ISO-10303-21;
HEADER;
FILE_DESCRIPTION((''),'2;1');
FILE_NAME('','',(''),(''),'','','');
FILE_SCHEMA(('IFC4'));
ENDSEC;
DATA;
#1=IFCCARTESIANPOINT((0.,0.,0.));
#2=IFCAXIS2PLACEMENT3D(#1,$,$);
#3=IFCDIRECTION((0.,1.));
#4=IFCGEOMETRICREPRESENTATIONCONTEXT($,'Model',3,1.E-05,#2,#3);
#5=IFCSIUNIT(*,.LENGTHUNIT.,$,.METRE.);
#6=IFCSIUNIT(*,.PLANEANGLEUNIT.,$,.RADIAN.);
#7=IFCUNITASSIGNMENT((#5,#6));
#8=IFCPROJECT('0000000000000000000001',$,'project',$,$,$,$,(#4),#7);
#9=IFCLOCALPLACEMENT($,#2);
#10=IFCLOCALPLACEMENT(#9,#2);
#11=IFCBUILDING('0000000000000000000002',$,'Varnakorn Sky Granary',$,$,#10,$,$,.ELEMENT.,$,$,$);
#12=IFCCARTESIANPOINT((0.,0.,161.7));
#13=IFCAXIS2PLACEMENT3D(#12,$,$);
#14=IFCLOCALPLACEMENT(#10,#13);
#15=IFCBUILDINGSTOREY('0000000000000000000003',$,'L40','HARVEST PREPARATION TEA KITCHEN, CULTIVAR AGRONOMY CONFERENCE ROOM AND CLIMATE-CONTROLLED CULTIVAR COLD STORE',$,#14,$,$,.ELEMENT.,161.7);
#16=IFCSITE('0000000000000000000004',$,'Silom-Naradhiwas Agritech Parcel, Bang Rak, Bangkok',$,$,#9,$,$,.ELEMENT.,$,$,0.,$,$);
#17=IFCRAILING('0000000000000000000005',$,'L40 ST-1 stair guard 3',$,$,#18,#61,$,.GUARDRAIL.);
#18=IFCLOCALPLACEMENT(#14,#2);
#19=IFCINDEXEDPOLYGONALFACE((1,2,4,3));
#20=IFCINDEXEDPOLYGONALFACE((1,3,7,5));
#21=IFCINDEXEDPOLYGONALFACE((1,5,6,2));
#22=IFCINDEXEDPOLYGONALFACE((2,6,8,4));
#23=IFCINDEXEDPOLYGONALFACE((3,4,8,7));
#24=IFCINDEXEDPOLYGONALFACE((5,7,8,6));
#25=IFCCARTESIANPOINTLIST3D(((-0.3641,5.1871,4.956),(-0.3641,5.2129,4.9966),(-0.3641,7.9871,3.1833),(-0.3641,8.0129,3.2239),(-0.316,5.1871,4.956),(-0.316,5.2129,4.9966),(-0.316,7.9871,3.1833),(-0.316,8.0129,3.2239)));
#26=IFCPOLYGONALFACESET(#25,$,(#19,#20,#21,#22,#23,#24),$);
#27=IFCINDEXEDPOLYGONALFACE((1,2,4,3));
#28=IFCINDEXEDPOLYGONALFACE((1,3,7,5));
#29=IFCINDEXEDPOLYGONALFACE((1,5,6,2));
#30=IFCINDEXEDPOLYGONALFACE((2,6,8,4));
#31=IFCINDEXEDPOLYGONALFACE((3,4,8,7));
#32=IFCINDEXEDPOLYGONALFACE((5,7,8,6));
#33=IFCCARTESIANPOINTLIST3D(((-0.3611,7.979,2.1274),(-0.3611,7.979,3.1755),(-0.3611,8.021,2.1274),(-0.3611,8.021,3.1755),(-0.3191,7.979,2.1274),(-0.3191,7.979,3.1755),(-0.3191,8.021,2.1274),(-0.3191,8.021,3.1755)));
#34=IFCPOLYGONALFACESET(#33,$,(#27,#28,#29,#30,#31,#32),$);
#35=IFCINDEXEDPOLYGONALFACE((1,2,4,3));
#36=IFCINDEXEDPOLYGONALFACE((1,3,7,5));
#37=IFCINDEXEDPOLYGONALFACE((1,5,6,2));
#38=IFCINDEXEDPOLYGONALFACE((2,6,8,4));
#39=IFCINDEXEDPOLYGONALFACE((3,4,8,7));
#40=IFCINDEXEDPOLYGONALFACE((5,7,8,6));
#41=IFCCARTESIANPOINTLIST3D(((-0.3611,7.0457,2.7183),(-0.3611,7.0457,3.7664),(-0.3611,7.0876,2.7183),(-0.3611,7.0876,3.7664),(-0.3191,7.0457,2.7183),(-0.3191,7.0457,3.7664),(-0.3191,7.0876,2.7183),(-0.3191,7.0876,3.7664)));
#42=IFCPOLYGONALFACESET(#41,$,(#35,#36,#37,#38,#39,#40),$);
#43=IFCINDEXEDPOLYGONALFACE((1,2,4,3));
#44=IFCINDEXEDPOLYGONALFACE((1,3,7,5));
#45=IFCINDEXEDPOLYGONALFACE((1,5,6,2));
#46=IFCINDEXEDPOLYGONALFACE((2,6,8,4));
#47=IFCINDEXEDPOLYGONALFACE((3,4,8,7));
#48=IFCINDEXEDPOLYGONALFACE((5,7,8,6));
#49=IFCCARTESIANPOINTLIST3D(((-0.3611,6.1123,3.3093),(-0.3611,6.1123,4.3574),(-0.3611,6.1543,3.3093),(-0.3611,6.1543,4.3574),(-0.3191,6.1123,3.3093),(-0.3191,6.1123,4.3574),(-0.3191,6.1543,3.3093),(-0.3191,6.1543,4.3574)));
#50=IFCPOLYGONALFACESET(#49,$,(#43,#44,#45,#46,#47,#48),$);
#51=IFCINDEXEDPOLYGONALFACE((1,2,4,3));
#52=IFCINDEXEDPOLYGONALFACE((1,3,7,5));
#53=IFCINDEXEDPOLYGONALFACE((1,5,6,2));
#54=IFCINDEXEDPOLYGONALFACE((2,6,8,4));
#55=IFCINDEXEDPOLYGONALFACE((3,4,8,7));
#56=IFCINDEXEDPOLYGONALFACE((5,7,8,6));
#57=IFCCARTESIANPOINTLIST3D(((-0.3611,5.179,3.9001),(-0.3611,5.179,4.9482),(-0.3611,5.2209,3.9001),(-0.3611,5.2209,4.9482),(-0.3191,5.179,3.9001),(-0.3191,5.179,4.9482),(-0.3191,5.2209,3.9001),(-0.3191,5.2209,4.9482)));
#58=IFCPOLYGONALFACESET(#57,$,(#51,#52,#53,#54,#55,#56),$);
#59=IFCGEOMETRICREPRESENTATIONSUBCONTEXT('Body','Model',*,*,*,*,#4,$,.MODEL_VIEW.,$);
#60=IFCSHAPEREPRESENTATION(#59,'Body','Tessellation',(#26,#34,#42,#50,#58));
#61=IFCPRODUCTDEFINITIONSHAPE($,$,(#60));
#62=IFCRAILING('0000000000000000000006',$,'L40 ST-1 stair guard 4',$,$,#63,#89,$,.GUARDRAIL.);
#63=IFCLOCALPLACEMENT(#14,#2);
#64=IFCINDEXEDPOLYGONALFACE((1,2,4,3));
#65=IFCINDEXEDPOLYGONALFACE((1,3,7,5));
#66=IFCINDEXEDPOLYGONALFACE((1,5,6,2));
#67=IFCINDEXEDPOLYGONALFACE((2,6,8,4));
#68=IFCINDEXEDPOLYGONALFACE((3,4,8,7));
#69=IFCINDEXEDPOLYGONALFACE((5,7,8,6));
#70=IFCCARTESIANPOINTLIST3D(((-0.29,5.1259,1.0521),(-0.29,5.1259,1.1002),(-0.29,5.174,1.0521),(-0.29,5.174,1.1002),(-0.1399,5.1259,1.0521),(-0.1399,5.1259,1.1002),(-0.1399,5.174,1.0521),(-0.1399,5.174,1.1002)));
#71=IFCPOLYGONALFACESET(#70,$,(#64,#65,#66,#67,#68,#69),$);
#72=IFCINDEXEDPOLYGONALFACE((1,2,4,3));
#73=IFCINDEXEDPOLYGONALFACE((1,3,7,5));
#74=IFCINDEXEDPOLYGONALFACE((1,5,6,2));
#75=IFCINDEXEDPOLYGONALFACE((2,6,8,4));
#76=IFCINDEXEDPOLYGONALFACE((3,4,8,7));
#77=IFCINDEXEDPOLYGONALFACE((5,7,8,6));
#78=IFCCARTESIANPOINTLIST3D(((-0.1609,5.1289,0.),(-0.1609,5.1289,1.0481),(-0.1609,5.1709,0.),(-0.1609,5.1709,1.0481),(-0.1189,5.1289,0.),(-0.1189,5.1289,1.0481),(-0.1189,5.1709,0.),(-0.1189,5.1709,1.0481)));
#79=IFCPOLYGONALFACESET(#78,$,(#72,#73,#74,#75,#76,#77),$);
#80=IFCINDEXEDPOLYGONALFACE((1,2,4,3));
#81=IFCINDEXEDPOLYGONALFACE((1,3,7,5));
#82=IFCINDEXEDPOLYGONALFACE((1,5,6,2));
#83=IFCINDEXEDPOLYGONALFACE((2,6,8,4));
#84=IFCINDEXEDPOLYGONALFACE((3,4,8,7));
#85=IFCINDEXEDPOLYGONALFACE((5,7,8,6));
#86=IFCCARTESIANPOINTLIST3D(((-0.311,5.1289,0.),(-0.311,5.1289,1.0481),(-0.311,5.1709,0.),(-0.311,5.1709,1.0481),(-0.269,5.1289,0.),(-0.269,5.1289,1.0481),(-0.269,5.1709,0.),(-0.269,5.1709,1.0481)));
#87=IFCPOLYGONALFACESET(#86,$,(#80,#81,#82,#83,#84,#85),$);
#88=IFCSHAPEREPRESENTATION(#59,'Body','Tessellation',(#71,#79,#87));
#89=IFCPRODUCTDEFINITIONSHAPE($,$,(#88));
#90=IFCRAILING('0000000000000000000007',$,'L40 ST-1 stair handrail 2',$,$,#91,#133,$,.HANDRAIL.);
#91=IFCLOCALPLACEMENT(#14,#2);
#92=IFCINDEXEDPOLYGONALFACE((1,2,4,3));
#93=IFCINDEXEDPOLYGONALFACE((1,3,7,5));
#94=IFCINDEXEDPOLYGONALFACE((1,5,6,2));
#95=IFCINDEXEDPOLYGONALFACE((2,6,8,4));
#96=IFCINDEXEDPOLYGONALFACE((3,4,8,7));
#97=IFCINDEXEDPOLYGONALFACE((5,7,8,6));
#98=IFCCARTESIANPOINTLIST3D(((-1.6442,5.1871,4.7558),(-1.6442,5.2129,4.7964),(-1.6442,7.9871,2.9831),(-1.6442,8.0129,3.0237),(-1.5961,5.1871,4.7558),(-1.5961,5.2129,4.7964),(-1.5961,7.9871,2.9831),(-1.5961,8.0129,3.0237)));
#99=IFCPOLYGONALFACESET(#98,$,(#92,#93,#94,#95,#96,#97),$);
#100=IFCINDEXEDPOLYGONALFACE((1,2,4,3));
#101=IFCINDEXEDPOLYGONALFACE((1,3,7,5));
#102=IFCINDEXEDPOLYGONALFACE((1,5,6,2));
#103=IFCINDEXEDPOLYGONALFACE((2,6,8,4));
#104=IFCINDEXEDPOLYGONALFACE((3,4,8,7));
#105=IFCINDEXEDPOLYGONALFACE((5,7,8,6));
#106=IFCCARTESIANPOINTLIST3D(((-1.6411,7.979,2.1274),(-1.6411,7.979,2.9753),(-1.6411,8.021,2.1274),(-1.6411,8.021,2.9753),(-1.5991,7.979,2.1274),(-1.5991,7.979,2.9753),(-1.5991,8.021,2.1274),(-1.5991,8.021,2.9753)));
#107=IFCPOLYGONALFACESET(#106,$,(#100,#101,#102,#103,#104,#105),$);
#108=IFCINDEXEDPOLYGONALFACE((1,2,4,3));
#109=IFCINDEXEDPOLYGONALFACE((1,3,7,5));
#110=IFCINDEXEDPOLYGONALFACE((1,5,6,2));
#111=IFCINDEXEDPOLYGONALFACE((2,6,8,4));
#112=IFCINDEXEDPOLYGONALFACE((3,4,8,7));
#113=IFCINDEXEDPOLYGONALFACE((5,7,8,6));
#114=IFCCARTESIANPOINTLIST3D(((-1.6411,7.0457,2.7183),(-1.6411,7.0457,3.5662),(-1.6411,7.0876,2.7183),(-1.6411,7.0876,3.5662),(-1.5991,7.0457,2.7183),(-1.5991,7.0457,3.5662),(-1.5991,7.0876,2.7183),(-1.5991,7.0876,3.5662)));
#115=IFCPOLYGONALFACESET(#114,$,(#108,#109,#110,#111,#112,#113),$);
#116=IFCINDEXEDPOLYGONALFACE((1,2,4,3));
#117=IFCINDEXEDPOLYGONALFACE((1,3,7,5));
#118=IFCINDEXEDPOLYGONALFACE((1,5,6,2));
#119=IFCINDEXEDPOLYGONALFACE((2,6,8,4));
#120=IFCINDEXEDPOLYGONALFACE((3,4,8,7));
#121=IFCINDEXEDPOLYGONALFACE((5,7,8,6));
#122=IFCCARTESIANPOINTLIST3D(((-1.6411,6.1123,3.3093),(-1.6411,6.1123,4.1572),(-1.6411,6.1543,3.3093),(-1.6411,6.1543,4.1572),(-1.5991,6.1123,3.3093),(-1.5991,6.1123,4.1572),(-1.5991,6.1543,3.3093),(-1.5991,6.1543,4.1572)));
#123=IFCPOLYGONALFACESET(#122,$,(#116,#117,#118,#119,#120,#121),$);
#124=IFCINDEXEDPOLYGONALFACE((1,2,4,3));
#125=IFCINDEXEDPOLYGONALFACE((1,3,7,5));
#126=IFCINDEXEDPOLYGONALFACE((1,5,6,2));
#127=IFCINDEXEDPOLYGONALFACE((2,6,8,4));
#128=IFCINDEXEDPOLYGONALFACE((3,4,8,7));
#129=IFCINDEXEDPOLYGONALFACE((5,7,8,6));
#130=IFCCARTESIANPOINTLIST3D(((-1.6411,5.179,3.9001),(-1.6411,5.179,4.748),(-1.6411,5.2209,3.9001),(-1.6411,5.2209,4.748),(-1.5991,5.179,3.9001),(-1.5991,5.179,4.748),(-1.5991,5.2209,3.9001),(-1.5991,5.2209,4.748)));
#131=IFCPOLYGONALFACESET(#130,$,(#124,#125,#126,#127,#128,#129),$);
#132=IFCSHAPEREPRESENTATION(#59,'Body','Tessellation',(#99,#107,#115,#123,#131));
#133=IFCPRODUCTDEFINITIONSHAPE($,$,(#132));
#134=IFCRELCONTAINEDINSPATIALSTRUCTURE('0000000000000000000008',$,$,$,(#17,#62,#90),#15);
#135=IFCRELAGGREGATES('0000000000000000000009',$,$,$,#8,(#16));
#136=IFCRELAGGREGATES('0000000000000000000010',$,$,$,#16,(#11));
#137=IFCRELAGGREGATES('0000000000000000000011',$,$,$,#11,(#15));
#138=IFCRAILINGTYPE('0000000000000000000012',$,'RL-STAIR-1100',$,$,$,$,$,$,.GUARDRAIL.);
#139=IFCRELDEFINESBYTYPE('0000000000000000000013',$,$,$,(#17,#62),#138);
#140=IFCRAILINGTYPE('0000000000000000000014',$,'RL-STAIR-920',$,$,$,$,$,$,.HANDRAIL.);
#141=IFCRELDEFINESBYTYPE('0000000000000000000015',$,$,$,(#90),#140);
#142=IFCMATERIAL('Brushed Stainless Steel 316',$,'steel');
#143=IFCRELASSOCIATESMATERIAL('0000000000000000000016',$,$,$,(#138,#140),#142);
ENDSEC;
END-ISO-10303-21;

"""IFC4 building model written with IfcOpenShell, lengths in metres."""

from ifc_helpers import new_model, si_unit, direction, frame, origin, origin_2d, place, context, subcontext, project, spatial, rectangle, extrude, material, type_object, element, save


model = new_model("IFC4")

# Units and contexts
model_context = context("Model", 3, precision=1e-05, world=origin(), true_north=direction((0.0, 1.0)))
body_context = subcontext(model_context, "Body", "Model", "MODEL_VIEW")
ifc_project = project(units=[si_unit("LENGTHUNIT", "METRE"), si_unit("PLANEANGLEUNIT", "RADIAN")], contexts=[model_context])

# Site, building, storey
site_placement = place(None, origin())
site = spatial("IfcSite", under=ifc_project, at=site_placement, Name="Silom-Naradhiwas Agritech Parcel, Bang Rak, Bangkok", CompositionType="ELEMENT", RefElevation=0.0)
building_placement = place(site_placement, origin())
building = spatial("IfcBuilding", under=site, at=building_placement, Name="Varnakorn Sky Granary", CompositionType="ELEMENT")
storey_placement = place(building_placement, frame((0.0, 0.0, 161.7)))
storey = spatial("IfcBuildingStorey", under=building, at=storey_placement, Name="L40", Description="HARVEST PREPARATION TEA KITCHEN, CULTIVAR AGRONOMY CONFERENCE ROOM AND CLIMATE-CONTROLLED CULTIVAR COLD STORE", CompositionType="ELEMENT", Elevation=161.7)

# Railings
ifc_material_1 = material(Name="Brushed Stainless Steel 316", Category="steel")
railing_type_1 = type_object("IfcRailingType", Name="RL-STAIR-1100", PredefinedType="GUARDRAIL", material=ifc_material_1)
railing_1_placement = place(storey_placement, frame((-0.3401, 8.0, 2.1274)))
element("IfcRailing", 1, at=railing_1_placement, inside=storey, type_object=railing_type_1, Name="L40 ST-1 stair guard 3", PredefinedType="GUARDRAIL", context=body_context, shape_type="SweptSolid", body=[
    extrude(rectangle(XDim=0.0481, YDim=0.0481, at=origin_2d()), frame((0.0, 0.0, 1.0762), z_axis=(0.0, -0.844909, 0.53491), x_axis=(1.0, 0.0, 0.0)), (0.0, 0.0, 1.0), 3.314),
    extrude(rectangle(XDim=0.042, YDim=0.042, at=origin_2d()), origin(), (0.0, 0.0, 1.0), 1.0481),
    extrude(rectangle(XDim=0.042, YDim=0.042, at=origin_2d()), frame((0.0, -0.9333, 0.5908)), (0.0, 0.0, 1.0), 1.0481),
    extrude(rectangle(XDim=0.042, YDim=0.042, at=origin_2d()), frame((0.0, -1.8667, 1.1819)), (0.0, 0.0, 1.0), 1.0481),
    extrude(rectangle(XDim=0.042, YDim=0.042, at=origin_2d()), frame((0.0, -2.8, 1.7727)), (0.0, 0.0, 1.0), 1.0481),
])
railing_2_placement = place(storey_placement, frame((-0.1399, 5.1499, 0.0)))
element("IfcRailing", 2, at=railing_2_placement, inside=storey, type_object=railing_type_1, Name="L40 ST-1 stair guard 4", PredefinedType="GUARDRAIL", context=body_context, shape_type="SweptSolid", body=[
    extrude(rectangle(XDim=0.0481, YDim=0.0481, at=origin_2d()), frame((0.0, 0.0, 1.0762), z_axis=(-1.0, 0.0, 0.0), x_axis=(0.0, -1.0, 0.0)), (0.0, 0.0, 1.0), 0.1501),
    extrude(rectangle(XDim=0.042, YDim=0.042, at=origin_2d()), origin(), (0.0, 0.0, 1.0), 1.0481),
    extrude(rectangle(XDim=0.042, YDim=0.042, at=origin_2d()), frame((-0.1501, 0.0, 0.0)), (0.0, 0.0, 1.0), 1.0481),
])
railing_type_2 = type_object("IfcRailingType", Name="RL-STAIR-920", PredefinedType="HANDRAIL", material=ifc_material_1)
railing_3_placement = place(storey_placement, frame((-1.6201, 8.0, 2.1274)))
element("IfcRailing", 3, at=railing_3_placement, inside=storey, type_object=railing_type_2, Name="L40 ST-1 stair handrail 2", PredefinedType="HANDRAIL", context=body_context, shape_type="SweptSolid", body=[
    extrude(rectangle(XDim=0.0481, YDim=0.0481, at=origin_2d()), frame((0.0, 0.0, 0.876), z_axis=(0.0, -0.844909, 0.53491), x_axis=(1.0, 0.0, 0.0)), (0.0, 0.0, 1.0), 3.314),
    extrude(rectangle(XDim=0.042, YDim=0.042, at=origin_2d()), origin(), (0.0, 0.0, 1.0), 0.8479),
    extrude(rectangle(XDim=0.042, YDim=0.042, at=origin_2d()), frame((0.0, -0.9333, 0.5908)), (0.0, 0.0, 1.0), 0.8479),
    extrude(rectangle(XDim=0.042, YDim=0.042, at=origin_2d()), frame((0.0, -1.8667, 1.1819)), (0.0, 0.0, 1.0), 0.8479),
    extrude(rectangle(XDim=0.042, YDim=0.042, at=origin_2d()), frame((0.0, -2.8, 1.7727)), (0.0, 0.0, 1.0), 0.8479),
])

save(model, "model.ifc")
